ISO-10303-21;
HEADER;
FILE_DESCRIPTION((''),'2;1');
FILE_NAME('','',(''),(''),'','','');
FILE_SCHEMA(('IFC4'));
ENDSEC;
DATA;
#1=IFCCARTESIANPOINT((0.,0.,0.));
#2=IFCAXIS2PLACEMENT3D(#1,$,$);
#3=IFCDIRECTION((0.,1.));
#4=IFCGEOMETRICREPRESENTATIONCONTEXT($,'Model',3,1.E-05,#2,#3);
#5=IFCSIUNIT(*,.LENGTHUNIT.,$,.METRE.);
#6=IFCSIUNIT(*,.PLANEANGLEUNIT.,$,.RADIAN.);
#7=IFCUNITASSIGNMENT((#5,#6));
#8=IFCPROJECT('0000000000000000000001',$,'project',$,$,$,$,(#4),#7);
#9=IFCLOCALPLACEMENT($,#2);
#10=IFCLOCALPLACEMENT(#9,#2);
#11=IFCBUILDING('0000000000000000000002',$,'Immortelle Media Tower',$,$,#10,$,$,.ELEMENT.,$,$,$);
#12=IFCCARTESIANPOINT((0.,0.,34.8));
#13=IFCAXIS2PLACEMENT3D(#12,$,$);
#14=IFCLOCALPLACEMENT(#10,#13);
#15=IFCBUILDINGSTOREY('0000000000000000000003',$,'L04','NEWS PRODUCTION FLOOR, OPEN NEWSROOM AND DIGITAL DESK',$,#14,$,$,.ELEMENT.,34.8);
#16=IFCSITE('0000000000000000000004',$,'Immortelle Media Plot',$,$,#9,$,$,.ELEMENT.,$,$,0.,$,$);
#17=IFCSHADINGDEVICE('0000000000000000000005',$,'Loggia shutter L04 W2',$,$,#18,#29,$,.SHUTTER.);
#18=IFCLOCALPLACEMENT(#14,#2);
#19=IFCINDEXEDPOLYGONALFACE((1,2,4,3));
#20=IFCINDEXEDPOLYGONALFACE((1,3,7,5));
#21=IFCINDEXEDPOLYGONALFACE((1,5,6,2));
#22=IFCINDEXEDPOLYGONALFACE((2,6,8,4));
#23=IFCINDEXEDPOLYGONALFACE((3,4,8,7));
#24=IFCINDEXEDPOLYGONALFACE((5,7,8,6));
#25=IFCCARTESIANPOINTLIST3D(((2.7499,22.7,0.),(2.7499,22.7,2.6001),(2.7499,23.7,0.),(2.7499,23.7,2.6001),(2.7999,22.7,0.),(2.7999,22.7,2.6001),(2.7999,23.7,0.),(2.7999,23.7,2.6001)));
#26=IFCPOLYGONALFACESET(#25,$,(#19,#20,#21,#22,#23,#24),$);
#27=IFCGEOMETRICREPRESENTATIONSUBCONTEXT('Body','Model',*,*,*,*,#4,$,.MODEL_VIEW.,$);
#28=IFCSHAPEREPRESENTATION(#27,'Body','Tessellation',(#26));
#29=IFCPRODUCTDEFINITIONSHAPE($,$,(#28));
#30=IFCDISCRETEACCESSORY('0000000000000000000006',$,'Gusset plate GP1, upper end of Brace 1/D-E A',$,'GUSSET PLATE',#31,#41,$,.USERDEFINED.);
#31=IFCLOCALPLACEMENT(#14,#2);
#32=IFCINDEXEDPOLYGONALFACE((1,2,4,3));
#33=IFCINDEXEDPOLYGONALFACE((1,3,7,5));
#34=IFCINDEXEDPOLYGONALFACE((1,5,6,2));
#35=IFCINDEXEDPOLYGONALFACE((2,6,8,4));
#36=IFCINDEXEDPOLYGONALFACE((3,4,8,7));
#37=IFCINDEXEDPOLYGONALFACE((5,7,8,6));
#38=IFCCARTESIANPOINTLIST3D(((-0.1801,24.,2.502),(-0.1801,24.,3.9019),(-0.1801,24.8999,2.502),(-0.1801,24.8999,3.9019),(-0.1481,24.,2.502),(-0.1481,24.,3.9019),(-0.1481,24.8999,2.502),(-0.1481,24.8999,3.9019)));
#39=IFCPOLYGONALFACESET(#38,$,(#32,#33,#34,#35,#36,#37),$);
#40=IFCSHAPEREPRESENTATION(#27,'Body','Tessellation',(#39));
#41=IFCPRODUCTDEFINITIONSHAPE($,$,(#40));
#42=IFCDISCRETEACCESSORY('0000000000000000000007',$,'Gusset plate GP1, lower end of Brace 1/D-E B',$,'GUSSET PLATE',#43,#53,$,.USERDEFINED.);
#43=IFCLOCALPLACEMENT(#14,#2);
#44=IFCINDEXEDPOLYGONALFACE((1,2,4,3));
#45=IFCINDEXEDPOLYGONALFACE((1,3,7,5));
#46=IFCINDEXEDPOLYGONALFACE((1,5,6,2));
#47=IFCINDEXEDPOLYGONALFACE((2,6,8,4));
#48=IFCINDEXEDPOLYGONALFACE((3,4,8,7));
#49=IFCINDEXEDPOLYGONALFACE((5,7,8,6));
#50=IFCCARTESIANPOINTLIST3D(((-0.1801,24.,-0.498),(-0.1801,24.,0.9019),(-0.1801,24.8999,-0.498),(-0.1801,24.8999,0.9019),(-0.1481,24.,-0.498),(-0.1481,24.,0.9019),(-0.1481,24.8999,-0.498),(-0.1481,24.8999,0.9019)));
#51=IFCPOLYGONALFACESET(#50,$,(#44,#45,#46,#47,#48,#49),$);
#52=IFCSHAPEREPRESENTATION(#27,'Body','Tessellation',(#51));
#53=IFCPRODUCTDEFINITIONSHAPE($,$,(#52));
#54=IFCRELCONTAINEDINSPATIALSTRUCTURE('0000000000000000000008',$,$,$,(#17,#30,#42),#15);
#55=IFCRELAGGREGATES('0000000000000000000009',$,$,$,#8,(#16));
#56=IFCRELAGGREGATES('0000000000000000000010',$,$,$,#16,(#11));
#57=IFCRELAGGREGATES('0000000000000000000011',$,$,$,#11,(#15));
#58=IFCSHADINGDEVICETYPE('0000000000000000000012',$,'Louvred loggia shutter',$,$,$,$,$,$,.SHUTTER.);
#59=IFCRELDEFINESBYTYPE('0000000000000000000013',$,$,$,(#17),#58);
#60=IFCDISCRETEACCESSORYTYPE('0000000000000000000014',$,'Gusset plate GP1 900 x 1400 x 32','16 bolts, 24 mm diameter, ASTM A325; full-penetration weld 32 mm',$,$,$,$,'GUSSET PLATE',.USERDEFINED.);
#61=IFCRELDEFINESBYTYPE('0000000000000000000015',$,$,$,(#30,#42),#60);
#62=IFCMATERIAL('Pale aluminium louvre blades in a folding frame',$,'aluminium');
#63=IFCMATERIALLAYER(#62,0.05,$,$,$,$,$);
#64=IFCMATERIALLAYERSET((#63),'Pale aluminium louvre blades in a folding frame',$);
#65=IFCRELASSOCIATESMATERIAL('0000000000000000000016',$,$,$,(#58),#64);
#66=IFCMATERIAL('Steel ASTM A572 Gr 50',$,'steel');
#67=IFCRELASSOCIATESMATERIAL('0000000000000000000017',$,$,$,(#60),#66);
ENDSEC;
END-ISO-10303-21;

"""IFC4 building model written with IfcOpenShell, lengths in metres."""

from ifc_helpers import new_model, si_unit, direction, frame, origin, origin_2d, place, context, subcontext, project, spatial, rectangle, extrude, material, layer, layer_set, material_profile, profile_set, type_object, element, save


model = new_model("IFC4")

# Units and contexts
model_context = context("Model", 3, precision=1e-05, world=origin(), true_north=direction((0.0, 1.0)))
body_context = subcontext(model_context, "Body", "Model", "MODEL_VIEW")
ifc_project = project(units=[si_unit("LENGTHUNIT", "METRE"), si_unit("PLANEANGLEUNIT", "RADIAN")], contexts=[model_context])

# Site, building, storey
site_placement = place(None, origin())
site = spatial("IfcSite", under=ifc_project, at=site_placement, Name="Immortelle Media Plot", CompositionType="ELEMENT", RefElevation=0.0)
building_placement = place(site_placement, origin())
building = spatial("IfcBuilding", under=site, at=building_placement, Name="Immortelle Media Tower", CompositionType="ELEMENT")
storey_placement = place(building_placement, frame((0.0, 0.0, 34.8)))
storey = spatial("IfcBuildingStorey", under=building, at=storey_placement, Name="L04", Description="NEWS PRODUCTION FLOOR, OPEN NEWSROOM AND DIGITAL DESK", CompositionType="ELEMENT", Elevation=34.8)

# Shading device
ifc_material_1 = material(Name="Pale aluminium louvre blades in a folding frame", Category="aluminium")
ifc_layer_1 = layer(ifc_material_1, 0.05)
ifc_layer_set_1 = layer_set([ifc_layer_1], Name="Pale aluminium louvre blades in a folding frame")
shading_device_type_1 = type_object("IfcShadingDeviceType", Name="Louvred loggia shutter", PredefinedType="SHUTTER", material=ifc_layer_set_1)
shading_device_1_placement = place(storey_placement, frame((2.7749, 23.2, 0.0), z_axis=(0.0, 0.0, 1.0), x_axis=(0.0, -1.0, 0.0)))
element("IfcShadingDevice", 1, at=shading_device_1_placement, inside=storey, type_object=shading_device_type_1, Name="Loggia shutter L04 W2", PredefinedType="SHUTTER", context=body_context, shape_type="SweptSolid", body=[
    extrude(rectangle(XDim=1.0, YDim=0.05, at=origin_2d()), origin(), (0.0, 0.0, 1.0), 2.6001),
])

# Discrete accessories
ifc_material_2 = material(Name="Steel ASTM A572 Gr 50", Category="steel")
ifc_material_profile_1 = material_profile(ifc_material_2, rectangle(XDim=0.032, YDim=1.3999, at=origin_2d()), Name="PL 32 x 1400")
ifc_profile_set_1 = profile_set([ifc_material_profile_1], Name="Steel ASTM A572 Gr 50")
discrete_accessory_type = type_object("IfcDiscreteAccessoryType", Name="Gusset plate GP1 900 x 1400 x 32", Description="16 bolts, 24 mm diameter, ASTM A325; full-penetration weld 32 mm", ElementType="GUSSET PLATE", PredefinedType="USERDEFINED", material=ifc_profile_set_1)
for number, where, z_axis, x_axis, name in (
    (2, (-0.1641, 24.0, 3.2019), (0.0, 1.0, 0.0), (-1.0, 0.0, 0.0), "Gusset plate GP1, upper end of Brace 1/D-E A"),
    (3, (-0.1641, 24.0, 0.2019), (0.0, 1.0, 0.0), (-1.0, 0.0, 0.0), "Gusset plate GP1, lower end of Brace 1/D-E B"),
):
    element("IfcDiscreteAccessory", number, at=place(storey_placement, frame(where, z_axis=z_axis, x_axis=x_axis)), inside=storey, type_object=discrete_accessory_type, Name=name, ObjectType="GUSSET PLATE", PredefinedType="USERDEFINED", context=body_context, shape_type="SweptSolid", body=[
        extrude(rectangle(XDim=0.032, YDim=1.3999, at=origin_2d()), origin(), (0.0, 0.0, 1.0), 0.8999),
    ])

save(model, "model.ifc")
